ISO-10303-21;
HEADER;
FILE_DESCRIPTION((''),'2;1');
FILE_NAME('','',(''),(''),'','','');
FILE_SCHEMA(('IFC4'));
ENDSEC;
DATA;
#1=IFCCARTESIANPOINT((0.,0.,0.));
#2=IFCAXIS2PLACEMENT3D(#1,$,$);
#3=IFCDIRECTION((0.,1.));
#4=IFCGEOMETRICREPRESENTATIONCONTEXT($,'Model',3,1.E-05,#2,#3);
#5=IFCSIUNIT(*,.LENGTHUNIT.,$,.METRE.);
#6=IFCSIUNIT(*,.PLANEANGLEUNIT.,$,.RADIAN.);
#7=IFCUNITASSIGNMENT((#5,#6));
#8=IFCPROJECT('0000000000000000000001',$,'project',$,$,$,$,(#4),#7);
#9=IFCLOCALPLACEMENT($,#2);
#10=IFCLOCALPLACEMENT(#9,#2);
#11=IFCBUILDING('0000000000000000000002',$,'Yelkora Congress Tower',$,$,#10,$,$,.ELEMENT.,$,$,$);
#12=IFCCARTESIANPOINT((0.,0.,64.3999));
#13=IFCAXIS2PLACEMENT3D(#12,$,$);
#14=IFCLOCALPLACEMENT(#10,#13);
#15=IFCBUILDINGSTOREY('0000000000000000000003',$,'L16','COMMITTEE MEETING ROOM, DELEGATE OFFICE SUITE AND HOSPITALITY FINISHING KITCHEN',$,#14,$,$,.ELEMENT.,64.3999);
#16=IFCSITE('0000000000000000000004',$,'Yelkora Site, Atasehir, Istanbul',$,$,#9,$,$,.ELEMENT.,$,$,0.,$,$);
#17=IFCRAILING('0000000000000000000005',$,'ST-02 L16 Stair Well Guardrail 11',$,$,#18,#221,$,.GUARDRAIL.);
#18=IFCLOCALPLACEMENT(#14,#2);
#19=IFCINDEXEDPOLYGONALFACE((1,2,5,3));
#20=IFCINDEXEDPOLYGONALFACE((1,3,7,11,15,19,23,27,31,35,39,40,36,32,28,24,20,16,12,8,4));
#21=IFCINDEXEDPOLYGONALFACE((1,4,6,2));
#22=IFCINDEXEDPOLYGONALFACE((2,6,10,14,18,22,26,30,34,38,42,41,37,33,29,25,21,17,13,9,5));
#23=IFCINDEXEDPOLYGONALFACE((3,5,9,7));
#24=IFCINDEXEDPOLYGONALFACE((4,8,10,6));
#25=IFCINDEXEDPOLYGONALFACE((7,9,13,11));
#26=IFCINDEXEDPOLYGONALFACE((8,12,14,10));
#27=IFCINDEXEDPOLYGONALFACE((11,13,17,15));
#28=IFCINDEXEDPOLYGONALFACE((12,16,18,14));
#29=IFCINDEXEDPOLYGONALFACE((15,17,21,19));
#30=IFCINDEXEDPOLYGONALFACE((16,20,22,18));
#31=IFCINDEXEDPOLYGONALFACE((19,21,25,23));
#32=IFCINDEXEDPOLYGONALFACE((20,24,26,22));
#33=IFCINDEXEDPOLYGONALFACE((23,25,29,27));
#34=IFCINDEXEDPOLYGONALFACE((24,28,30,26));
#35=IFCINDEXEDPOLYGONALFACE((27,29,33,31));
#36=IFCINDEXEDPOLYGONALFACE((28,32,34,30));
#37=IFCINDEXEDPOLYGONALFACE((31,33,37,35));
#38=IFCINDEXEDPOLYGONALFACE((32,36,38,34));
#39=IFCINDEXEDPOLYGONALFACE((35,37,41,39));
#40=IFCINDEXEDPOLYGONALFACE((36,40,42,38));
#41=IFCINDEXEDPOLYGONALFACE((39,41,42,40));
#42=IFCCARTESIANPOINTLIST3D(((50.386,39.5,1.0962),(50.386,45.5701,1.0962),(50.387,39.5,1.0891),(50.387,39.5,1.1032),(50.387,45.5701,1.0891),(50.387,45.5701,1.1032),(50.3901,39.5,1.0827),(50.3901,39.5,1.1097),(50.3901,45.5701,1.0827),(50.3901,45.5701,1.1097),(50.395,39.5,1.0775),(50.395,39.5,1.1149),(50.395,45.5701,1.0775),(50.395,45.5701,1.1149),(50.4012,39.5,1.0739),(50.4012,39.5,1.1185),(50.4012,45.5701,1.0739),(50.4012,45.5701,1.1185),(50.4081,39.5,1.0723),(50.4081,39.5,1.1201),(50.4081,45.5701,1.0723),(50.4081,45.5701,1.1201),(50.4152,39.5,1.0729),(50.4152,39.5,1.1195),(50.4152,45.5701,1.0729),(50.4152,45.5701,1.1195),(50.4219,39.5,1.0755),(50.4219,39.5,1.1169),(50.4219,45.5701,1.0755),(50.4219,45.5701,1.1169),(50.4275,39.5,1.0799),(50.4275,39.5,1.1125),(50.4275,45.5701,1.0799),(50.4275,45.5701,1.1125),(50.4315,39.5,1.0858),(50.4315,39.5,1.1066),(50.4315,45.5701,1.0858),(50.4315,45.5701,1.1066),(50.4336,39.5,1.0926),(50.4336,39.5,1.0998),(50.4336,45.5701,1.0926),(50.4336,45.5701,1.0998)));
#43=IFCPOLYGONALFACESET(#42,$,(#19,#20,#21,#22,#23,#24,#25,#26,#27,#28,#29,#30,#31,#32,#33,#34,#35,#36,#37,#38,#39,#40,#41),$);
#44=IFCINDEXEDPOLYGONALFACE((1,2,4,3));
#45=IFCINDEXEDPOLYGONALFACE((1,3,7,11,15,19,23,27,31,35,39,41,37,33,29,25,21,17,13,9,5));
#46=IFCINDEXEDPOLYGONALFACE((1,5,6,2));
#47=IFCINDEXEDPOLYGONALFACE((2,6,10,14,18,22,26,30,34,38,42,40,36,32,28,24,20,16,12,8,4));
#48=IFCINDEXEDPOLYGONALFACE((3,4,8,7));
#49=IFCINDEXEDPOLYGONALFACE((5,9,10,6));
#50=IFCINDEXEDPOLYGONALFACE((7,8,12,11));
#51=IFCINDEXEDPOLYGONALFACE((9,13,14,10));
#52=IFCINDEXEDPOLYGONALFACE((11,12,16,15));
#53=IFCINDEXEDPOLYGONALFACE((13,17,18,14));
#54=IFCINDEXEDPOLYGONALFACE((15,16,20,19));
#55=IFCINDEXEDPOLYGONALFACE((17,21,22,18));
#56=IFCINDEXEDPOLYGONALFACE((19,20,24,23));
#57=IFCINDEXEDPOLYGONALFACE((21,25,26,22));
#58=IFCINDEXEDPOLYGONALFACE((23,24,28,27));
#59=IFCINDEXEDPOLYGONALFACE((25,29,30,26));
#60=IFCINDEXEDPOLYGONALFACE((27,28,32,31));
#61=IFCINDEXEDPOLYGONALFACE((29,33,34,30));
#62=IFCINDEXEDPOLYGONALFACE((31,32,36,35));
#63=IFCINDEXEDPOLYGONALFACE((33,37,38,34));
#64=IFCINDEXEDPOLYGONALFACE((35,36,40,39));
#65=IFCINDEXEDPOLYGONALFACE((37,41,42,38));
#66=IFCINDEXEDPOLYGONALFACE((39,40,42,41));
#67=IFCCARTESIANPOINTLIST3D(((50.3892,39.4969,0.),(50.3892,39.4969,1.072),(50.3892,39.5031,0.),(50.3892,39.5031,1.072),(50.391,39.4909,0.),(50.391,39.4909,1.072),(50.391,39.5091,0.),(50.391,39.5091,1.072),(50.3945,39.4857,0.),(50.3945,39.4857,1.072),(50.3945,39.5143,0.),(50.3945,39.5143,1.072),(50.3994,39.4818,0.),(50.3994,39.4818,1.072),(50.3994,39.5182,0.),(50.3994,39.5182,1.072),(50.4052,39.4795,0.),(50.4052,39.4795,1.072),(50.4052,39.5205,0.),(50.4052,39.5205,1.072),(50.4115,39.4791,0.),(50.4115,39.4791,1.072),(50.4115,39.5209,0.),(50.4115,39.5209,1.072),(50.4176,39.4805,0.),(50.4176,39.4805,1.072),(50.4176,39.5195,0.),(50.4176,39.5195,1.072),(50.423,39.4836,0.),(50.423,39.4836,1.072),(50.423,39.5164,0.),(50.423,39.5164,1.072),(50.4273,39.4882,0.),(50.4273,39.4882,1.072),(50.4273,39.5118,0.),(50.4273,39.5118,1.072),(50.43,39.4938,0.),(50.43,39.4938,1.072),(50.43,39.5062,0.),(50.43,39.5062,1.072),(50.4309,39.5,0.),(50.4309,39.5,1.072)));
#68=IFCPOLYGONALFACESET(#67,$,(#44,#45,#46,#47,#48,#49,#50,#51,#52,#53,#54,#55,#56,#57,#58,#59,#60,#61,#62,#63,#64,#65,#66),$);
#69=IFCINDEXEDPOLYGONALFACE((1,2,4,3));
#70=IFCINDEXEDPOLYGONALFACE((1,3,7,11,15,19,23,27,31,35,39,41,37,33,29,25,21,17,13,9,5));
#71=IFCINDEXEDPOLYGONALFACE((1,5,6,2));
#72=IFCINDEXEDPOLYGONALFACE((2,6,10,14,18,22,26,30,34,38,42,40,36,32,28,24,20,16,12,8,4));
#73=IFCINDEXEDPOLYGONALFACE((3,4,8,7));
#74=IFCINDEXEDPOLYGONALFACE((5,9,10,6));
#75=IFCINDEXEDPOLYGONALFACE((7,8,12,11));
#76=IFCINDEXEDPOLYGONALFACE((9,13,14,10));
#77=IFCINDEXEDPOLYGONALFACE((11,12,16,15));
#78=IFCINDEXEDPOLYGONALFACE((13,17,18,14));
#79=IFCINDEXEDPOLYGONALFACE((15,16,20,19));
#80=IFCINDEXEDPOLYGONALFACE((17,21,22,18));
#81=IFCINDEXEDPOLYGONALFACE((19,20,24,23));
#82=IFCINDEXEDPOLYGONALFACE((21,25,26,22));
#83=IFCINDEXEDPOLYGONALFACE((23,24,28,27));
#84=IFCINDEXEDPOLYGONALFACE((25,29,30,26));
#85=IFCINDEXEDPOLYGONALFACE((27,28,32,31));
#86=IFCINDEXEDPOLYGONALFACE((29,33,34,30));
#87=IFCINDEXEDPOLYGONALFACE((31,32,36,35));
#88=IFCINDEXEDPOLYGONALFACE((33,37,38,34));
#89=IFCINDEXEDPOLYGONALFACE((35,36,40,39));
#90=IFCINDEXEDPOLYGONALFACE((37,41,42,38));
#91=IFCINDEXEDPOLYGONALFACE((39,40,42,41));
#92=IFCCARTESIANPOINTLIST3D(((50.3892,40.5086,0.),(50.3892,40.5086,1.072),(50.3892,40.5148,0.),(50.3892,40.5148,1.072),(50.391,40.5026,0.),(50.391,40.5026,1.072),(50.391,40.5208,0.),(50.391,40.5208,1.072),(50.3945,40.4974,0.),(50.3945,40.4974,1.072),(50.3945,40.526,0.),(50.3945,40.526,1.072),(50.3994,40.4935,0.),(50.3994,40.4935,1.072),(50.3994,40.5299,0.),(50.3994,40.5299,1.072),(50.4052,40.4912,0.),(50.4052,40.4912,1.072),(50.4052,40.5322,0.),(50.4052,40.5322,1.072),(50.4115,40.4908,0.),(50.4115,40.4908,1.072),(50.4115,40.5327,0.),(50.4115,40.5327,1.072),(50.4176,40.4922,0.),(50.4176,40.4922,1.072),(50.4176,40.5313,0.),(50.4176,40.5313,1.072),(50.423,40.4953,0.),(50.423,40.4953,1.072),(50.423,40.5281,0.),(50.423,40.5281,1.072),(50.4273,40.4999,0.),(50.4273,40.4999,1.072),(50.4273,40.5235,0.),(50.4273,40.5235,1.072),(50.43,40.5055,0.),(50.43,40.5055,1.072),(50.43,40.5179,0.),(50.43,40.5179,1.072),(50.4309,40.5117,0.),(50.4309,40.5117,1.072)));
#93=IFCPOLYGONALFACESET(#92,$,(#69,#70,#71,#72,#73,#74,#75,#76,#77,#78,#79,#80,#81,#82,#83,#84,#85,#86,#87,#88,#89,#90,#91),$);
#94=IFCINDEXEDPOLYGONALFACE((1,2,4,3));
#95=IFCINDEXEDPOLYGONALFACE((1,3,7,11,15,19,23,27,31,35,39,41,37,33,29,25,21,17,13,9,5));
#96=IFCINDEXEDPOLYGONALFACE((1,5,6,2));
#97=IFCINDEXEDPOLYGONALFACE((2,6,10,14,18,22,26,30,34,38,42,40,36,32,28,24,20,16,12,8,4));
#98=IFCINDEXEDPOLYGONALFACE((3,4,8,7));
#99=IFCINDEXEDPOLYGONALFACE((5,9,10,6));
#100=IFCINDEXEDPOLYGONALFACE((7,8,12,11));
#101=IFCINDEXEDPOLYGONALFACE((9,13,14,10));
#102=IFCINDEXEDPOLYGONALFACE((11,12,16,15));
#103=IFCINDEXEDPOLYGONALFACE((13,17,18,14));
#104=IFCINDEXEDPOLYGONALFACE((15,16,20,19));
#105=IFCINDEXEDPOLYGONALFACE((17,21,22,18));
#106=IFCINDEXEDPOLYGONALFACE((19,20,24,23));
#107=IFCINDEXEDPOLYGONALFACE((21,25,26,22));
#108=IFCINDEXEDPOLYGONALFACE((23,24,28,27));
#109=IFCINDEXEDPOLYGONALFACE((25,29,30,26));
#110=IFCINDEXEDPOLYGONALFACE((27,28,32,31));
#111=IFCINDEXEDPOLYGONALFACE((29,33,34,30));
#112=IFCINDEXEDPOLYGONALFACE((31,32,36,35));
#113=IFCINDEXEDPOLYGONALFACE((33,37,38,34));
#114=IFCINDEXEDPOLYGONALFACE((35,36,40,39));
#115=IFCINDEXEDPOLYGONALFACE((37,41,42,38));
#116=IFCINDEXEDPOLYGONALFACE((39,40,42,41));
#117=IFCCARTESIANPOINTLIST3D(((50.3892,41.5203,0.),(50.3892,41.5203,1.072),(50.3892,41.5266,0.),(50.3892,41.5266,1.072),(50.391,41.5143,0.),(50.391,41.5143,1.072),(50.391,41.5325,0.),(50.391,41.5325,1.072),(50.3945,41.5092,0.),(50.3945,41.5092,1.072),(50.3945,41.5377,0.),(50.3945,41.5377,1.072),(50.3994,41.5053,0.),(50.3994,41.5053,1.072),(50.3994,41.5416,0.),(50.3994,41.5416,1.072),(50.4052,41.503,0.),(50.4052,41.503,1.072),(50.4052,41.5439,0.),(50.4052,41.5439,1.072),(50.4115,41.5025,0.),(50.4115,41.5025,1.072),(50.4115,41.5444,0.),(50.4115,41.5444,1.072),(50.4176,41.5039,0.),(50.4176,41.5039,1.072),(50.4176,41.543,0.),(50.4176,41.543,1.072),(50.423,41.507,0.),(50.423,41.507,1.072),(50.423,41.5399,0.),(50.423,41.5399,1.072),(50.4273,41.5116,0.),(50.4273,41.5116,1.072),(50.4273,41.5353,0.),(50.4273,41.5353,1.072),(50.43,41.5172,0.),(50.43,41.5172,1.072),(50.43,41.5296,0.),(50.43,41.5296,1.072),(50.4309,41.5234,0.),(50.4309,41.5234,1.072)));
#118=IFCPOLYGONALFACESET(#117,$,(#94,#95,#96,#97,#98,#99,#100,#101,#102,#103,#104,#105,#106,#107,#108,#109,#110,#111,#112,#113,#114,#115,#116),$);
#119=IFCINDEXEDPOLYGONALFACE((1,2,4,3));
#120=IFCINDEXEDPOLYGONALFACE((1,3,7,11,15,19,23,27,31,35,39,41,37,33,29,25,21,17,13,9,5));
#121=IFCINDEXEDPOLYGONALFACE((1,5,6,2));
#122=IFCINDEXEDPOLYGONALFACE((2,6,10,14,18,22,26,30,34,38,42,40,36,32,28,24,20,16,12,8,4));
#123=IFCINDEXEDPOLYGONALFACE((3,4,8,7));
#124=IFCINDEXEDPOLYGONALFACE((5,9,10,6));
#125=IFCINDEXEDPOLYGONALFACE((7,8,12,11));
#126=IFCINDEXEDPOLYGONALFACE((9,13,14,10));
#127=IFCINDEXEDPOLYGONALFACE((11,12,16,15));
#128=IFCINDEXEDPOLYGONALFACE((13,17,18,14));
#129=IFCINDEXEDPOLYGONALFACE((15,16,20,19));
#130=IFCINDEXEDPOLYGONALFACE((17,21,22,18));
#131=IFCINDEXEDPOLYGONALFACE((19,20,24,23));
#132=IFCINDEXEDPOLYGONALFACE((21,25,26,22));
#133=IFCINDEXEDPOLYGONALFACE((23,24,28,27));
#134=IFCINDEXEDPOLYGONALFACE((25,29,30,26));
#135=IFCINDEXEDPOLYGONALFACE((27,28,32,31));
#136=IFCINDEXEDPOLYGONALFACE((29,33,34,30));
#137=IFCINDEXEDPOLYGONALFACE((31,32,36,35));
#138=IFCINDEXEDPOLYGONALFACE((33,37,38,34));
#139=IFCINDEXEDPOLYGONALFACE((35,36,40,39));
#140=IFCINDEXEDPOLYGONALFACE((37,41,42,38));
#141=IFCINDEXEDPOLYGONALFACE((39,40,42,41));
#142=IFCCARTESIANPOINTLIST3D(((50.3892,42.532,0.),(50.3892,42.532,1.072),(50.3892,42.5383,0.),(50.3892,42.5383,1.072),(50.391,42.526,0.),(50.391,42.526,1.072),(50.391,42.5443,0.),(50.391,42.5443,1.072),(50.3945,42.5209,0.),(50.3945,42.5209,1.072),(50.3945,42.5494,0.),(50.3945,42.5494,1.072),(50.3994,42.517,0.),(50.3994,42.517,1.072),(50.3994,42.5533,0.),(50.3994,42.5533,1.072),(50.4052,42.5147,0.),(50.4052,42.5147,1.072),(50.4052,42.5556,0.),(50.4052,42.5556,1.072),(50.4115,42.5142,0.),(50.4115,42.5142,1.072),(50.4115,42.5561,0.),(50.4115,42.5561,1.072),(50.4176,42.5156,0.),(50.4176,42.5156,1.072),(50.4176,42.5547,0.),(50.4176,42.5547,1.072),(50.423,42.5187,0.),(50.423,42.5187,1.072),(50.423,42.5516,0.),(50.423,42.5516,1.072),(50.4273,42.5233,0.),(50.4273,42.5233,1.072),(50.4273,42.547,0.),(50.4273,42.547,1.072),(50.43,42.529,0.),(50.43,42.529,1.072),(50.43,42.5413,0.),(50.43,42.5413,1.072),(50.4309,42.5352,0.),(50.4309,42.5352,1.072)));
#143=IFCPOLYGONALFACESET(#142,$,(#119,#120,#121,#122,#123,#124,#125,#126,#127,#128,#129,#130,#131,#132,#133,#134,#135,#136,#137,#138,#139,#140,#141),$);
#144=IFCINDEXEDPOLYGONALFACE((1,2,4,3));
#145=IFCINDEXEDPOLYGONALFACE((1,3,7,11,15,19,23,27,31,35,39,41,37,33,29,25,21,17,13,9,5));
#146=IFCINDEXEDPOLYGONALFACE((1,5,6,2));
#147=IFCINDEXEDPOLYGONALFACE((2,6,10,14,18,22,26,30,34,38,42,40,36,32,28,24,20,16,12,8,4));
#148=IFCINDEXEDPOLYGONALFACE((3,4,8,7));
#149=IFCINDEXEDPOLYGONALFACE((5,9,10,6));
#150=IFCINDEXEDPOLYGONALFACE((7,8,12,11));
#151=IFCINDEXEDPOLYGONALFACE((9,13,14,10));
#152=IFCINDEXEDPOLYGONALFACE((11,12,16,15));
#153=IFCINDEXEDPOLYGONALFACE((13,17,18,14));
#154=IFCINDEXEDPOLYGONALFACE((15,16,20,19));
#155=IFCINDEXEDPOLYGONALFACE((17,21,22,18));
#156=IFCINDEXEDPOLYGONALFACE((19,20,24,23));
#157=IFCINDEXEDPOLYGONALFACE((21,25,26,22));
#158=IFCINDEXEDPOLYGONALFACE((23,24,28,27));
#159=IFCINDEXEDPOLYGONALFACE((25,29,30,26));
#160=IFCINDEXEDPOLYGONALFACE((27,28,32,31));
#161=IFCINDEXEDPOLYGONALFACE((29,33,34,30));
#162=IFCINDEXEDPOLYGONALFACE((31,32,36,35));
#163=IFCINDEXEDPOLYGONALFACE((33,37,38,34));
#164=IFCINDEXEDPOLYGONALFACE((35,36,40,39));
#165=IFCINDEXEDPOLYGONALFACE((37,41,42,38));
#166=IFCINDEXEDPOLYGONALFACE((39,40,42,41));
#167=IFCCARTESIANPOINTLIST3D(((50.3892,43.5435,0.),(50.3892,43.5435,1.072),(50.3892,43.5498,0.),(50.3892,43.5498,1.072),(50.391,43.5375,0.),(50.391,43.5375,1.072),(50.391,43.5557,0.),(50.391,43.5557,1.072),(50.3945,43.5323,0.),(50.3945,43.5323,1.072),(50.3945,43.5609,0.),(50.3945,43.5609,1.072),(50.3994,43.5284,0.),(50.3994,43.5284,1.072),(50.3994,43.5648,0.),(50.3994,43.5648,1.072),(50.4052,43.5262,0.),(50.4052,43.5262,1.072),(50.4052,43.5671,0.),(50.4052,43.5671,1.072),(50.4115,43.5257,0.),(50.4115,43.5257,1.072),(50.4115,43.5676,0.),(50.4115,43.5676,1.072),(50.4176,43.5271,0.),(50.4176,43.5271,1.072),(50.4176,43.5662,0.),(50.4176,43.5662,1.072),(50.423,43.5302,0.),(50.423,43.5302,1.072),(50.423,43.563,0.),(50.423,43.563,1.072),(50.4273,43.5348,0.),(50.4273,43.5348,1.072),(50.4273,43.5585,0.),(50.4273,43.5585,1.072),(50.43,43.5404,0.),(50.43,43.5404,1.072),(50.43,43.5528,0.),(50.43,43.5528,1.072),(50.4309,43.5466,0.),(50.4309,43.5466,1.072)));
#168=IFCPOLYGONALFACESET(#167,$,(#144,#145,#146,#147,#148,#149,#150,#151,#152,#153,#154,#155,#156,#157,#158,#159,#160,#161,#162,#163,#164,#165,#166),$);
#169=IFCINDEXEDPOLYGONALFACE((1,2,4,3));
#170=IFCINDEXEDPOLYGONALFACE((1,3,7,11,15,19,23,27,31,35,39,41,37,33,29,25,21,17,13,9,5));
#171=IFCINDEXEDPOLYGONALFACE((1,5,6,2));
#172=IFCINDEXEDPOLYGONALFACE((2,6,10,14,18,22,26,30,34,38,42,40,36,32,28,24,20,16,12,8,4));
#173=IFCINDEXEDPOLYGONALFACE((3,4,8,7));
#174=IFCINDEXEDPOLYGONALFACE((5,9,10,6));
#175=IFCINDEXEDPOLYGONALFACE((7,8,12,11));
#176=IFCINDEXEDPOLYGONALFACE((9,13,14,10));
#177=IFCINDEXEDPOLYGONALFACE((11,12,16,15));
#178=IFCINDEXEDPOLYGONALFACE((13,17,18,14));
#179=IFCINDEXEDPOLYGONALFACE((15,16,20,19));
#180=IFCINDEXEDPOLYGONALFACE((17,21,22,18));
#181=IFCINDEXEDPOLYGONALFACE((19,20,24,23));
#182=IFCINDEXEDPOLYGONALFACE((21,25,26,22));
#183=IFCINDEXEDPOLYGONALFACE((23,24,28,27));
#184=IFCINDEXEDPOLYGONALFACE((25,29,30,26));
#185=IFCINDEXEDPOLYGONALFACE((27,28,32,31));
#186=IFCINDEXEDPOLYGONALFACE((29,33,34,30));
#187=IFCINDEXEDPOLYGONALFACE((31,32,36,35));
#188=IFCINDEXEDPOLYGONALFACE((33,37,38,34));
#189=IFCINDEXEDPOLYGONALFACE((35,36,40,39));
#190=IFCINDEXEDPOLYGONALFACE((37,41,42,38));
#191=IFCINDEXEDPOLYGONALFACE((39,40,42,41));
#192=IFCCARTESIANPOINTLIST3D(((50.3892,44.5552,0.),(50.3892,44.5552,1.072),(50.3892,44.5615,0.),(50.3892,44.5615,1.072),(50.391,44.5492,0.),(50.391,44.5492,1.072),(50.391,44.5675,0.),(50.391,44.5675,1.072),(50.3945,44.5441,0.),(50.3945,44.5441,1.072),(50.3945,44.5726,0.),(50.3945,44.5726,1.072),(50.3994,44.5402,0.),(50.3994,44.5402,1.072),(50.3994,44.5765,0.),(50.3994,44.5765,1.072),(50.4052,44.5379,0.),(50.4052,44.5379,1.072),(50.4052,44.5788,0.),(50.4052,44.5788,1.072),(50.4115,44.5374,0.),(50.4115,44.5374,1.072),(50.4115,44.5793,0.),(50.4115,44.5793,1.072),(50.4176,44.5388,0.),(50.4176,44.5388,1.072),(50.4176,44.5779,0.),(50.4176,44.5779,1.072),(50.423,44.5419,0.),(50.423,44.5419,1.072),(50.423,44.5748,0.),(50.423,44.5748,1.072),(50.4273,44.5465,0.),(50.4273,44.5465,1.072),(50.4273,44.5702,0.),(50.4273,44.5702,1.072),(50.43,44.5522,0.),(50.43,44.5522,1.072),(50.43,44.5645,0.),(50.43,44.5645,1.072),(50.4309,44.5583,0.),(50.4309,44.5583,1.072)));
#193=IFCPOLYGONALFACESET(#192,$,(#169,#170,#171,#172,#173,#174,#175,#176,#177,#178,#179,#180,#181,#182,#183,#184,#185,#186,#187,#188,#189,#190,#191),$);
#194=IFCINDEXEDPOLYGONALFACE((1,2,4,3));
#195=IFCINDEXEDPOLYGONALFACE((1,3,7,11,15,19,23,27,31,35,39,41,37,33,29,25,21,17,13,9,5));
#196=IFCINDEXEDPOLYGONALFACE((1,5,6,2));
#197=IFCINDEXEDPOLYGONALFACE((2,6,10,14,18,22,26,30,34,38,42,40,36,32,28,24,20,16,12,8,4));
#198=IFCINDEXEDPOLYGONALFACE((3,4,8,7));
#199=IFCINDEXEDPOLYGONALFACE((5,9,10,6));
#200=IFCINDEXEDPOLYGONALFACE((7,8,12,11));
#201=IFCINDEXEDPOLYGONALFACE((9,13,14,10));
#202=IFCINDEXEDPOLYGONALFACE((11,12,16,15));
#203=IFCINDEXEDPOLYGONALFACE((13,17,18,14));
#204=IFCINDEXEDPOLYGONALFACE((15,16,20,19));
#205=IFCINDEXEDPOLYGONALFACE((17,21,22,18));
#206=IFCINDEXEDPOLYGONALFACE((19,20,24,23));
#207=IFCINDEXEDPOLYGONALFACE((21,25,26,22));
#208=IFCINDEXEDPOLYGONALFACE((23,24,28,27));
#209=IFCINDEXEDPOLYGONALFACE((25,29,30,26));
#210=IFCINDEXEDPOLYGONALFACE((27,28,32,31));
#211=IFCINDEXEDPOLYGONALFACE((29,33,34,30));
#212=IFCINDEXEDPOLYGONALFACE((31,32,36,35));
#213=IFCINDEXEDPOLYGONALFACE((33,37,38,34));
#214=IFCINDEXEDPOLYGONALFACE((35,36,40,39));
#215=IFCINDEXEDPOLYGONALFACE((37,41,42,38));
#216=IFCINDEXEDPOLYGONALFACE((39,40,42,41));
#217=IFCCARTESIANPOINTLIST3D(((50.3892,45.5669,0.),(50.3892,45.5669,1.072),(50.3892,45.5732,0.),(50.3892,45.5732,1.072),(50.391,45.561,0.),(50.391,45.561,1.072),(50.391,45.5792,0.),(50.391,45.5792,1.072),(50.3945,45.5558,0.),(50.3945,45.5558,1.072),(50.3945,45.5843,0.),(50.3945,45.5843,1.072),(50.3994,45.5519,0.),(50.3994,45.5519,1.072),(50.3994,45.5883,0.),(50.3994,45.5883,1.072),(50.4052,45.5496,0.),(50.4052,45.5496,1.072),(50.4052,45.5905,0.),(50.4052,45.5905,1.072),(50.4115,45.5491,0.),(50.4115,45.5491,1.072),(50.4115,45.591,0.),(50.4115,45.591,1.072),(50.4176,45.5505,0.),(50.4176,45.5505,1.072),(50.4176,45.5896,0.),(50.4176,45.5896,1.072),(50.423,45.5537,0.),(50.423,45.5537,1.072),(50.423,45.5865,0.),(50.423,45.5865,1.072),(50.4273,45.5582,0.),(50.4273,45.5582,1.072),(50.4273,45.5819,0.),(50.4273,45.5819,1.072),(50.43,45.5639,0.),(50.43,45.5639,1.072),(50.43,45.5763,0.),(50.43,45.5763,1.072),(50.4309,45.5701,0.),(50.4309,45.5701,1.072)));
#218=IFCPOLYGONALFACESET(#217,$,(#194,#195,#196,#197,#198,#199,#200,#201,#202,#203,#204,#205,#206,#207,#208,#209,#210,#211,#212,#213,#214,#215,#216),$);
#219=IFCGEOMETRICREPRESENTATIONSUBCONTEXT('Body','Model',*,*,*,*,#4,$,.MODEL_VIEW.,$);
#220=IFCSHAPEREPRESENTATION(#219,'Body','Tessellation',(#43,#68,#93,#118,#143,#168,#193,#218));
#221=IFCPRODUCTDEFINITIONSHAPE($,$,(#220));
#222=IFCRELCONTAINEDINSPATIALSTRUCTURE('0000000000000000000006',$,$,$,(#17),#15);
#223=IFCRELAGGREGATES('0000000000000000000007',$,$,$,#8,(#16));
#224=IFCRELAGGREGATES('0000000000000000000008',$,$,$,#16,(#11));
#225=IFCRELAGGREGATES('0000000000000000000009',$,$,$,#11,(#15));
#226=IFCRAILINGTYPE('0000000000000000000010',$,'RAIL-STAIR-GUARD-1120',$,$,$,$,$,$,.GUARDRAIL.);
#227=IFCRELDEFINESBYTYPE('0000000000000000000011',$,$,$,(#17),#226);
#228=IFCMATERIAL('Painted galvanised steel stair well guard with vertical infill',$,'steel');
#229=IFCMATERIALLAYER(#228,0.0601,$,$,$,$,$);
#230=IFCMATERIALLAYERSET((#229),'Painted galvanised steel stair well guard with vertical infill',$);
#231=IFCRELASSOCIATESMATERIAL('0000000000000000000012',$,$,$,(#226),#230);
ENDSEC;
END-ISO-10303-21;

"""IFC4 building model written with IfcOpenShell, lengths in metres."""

from ifc_helpers import new_model, si_unit, direction, frame, origin, origin_2d, place, context, subcontext, project, spatial, circle, extrude, material, layer, layer_set, type_object, element, save


model = new_model("IFC4")

# Units and contexts
model_context = context("Model", 3, precision=1e-05, world=origin(), true_north=direction((0.0, 1.0)))
body_context = subcontext(model_context, "Body", "Model", "MODEL_VIEW")
ifc_project = project(units=[si_unit("LENGTHUNIT", "METRE"), si_unit("PLANEANGLEUNIT", "RADIAN")], contexts=[model_context])

# Site, building, storey
site_placement = place(None, origin())
site = spatial("IfcSite", under=ifc_project, at=site_placement, Name="Yelkora Site, Atasehir, Istanbul", CompositionType="ELEMENT", RefElevation=0.0)
building_placement = place(site_placement, origin())
building = spatial("IfcBuilding", under=site, at=building_placement, Name="Yelkora Congress Tower", CompositionType="ELEMENT")
storey_placement = place(building_placement, frame((0.0, 0.0, 64.3999)))
storey = spatial("IfcBuildingStorey", under=building, at=storey_placement, Name="L16", Description="COMMITTEE MEETING ROOM, DELEGATE OFFICE SUITE AND HOSPITALITY FINISHING KITCHEN", CompositionType="ELEMENT", Elevation=64.3999)

# Railing
ifc_material_1 = material(Name="Painted galvanised steel stair well guard with vertical infill", Category="steel")
ifc_layer_1 = layer(ifc_material_1, 0.0601)
ifc_layer_set_1 = layer_set([ifc_layer_1], Name="Painted galvanised steel stair well guard with vertical infill")
railing_type_1 = type_object("IfcRailingType", Name="RAIL-STAIR-GUARD-1120", PredefinedType="GUARDRAIL", material=ifc_layer_set_1)
railing_1_placement = place(storey_placement, frame((50.4099, 39.5, 0.0)))
element("IfcRailing", 1, at=railing_1_placement, inside=storey, type_object=railing_type_1, Name="ST-02 L16 Stair Well Guardrail 11", PredefinedType="GUARDRAIL", context=body_context, shape_type="SweptSolid", body=[
    extrude(circle(Radius=0.0239, at=origin_2d()), frame((0.0, 0.0, 1.0962), z_axis=(0.0, 1.0, 0.0), x_axis=(-1.0, 0.0, 0.0)), (0.0, 0.0, 1.0), 6.0701),
    extrude(circle(Radius=0.021, at=origin_2d()), origin(), (0.0, 0.0, 1.0), 1.072),
    extrude(circle(Radius=0.021, at=origin_2d()), frame((0.0, 1.0117, 0.0)), (0.0, 0.0, 1.0), 1.072),
    extrude(circle(Radius=0.021, at=origin_2d()), frame((0.0, 2.0234, 0.0)), (0.0, 0.0, 1.0), 1.072),
    extrude(circle(Radius=0.021, at=origin_2d()), frame((0.0, 3.0352, 0.0)), (0.0, 0.0, 1.0), 1.072),
    extrude(circle(Radius=0.021, at=origin_2d()), frame((0.0, 4.0466, 0.0)), (0.0, 0.0, 1.0), 1.072),
    extrude(circle(Radius=0.021, at=origin_2d()), frame((0.0, 5.0583, 0.0)), (0.0, 0.0, 1.0), 1.072),
    extrude(circle(Radius=0.021, at=origin_2d()), frame((0.0, 6.0701, 0.0)), (0.0, 0.0, 1.0), 1.072),
])

save(model, "model.ifc")
